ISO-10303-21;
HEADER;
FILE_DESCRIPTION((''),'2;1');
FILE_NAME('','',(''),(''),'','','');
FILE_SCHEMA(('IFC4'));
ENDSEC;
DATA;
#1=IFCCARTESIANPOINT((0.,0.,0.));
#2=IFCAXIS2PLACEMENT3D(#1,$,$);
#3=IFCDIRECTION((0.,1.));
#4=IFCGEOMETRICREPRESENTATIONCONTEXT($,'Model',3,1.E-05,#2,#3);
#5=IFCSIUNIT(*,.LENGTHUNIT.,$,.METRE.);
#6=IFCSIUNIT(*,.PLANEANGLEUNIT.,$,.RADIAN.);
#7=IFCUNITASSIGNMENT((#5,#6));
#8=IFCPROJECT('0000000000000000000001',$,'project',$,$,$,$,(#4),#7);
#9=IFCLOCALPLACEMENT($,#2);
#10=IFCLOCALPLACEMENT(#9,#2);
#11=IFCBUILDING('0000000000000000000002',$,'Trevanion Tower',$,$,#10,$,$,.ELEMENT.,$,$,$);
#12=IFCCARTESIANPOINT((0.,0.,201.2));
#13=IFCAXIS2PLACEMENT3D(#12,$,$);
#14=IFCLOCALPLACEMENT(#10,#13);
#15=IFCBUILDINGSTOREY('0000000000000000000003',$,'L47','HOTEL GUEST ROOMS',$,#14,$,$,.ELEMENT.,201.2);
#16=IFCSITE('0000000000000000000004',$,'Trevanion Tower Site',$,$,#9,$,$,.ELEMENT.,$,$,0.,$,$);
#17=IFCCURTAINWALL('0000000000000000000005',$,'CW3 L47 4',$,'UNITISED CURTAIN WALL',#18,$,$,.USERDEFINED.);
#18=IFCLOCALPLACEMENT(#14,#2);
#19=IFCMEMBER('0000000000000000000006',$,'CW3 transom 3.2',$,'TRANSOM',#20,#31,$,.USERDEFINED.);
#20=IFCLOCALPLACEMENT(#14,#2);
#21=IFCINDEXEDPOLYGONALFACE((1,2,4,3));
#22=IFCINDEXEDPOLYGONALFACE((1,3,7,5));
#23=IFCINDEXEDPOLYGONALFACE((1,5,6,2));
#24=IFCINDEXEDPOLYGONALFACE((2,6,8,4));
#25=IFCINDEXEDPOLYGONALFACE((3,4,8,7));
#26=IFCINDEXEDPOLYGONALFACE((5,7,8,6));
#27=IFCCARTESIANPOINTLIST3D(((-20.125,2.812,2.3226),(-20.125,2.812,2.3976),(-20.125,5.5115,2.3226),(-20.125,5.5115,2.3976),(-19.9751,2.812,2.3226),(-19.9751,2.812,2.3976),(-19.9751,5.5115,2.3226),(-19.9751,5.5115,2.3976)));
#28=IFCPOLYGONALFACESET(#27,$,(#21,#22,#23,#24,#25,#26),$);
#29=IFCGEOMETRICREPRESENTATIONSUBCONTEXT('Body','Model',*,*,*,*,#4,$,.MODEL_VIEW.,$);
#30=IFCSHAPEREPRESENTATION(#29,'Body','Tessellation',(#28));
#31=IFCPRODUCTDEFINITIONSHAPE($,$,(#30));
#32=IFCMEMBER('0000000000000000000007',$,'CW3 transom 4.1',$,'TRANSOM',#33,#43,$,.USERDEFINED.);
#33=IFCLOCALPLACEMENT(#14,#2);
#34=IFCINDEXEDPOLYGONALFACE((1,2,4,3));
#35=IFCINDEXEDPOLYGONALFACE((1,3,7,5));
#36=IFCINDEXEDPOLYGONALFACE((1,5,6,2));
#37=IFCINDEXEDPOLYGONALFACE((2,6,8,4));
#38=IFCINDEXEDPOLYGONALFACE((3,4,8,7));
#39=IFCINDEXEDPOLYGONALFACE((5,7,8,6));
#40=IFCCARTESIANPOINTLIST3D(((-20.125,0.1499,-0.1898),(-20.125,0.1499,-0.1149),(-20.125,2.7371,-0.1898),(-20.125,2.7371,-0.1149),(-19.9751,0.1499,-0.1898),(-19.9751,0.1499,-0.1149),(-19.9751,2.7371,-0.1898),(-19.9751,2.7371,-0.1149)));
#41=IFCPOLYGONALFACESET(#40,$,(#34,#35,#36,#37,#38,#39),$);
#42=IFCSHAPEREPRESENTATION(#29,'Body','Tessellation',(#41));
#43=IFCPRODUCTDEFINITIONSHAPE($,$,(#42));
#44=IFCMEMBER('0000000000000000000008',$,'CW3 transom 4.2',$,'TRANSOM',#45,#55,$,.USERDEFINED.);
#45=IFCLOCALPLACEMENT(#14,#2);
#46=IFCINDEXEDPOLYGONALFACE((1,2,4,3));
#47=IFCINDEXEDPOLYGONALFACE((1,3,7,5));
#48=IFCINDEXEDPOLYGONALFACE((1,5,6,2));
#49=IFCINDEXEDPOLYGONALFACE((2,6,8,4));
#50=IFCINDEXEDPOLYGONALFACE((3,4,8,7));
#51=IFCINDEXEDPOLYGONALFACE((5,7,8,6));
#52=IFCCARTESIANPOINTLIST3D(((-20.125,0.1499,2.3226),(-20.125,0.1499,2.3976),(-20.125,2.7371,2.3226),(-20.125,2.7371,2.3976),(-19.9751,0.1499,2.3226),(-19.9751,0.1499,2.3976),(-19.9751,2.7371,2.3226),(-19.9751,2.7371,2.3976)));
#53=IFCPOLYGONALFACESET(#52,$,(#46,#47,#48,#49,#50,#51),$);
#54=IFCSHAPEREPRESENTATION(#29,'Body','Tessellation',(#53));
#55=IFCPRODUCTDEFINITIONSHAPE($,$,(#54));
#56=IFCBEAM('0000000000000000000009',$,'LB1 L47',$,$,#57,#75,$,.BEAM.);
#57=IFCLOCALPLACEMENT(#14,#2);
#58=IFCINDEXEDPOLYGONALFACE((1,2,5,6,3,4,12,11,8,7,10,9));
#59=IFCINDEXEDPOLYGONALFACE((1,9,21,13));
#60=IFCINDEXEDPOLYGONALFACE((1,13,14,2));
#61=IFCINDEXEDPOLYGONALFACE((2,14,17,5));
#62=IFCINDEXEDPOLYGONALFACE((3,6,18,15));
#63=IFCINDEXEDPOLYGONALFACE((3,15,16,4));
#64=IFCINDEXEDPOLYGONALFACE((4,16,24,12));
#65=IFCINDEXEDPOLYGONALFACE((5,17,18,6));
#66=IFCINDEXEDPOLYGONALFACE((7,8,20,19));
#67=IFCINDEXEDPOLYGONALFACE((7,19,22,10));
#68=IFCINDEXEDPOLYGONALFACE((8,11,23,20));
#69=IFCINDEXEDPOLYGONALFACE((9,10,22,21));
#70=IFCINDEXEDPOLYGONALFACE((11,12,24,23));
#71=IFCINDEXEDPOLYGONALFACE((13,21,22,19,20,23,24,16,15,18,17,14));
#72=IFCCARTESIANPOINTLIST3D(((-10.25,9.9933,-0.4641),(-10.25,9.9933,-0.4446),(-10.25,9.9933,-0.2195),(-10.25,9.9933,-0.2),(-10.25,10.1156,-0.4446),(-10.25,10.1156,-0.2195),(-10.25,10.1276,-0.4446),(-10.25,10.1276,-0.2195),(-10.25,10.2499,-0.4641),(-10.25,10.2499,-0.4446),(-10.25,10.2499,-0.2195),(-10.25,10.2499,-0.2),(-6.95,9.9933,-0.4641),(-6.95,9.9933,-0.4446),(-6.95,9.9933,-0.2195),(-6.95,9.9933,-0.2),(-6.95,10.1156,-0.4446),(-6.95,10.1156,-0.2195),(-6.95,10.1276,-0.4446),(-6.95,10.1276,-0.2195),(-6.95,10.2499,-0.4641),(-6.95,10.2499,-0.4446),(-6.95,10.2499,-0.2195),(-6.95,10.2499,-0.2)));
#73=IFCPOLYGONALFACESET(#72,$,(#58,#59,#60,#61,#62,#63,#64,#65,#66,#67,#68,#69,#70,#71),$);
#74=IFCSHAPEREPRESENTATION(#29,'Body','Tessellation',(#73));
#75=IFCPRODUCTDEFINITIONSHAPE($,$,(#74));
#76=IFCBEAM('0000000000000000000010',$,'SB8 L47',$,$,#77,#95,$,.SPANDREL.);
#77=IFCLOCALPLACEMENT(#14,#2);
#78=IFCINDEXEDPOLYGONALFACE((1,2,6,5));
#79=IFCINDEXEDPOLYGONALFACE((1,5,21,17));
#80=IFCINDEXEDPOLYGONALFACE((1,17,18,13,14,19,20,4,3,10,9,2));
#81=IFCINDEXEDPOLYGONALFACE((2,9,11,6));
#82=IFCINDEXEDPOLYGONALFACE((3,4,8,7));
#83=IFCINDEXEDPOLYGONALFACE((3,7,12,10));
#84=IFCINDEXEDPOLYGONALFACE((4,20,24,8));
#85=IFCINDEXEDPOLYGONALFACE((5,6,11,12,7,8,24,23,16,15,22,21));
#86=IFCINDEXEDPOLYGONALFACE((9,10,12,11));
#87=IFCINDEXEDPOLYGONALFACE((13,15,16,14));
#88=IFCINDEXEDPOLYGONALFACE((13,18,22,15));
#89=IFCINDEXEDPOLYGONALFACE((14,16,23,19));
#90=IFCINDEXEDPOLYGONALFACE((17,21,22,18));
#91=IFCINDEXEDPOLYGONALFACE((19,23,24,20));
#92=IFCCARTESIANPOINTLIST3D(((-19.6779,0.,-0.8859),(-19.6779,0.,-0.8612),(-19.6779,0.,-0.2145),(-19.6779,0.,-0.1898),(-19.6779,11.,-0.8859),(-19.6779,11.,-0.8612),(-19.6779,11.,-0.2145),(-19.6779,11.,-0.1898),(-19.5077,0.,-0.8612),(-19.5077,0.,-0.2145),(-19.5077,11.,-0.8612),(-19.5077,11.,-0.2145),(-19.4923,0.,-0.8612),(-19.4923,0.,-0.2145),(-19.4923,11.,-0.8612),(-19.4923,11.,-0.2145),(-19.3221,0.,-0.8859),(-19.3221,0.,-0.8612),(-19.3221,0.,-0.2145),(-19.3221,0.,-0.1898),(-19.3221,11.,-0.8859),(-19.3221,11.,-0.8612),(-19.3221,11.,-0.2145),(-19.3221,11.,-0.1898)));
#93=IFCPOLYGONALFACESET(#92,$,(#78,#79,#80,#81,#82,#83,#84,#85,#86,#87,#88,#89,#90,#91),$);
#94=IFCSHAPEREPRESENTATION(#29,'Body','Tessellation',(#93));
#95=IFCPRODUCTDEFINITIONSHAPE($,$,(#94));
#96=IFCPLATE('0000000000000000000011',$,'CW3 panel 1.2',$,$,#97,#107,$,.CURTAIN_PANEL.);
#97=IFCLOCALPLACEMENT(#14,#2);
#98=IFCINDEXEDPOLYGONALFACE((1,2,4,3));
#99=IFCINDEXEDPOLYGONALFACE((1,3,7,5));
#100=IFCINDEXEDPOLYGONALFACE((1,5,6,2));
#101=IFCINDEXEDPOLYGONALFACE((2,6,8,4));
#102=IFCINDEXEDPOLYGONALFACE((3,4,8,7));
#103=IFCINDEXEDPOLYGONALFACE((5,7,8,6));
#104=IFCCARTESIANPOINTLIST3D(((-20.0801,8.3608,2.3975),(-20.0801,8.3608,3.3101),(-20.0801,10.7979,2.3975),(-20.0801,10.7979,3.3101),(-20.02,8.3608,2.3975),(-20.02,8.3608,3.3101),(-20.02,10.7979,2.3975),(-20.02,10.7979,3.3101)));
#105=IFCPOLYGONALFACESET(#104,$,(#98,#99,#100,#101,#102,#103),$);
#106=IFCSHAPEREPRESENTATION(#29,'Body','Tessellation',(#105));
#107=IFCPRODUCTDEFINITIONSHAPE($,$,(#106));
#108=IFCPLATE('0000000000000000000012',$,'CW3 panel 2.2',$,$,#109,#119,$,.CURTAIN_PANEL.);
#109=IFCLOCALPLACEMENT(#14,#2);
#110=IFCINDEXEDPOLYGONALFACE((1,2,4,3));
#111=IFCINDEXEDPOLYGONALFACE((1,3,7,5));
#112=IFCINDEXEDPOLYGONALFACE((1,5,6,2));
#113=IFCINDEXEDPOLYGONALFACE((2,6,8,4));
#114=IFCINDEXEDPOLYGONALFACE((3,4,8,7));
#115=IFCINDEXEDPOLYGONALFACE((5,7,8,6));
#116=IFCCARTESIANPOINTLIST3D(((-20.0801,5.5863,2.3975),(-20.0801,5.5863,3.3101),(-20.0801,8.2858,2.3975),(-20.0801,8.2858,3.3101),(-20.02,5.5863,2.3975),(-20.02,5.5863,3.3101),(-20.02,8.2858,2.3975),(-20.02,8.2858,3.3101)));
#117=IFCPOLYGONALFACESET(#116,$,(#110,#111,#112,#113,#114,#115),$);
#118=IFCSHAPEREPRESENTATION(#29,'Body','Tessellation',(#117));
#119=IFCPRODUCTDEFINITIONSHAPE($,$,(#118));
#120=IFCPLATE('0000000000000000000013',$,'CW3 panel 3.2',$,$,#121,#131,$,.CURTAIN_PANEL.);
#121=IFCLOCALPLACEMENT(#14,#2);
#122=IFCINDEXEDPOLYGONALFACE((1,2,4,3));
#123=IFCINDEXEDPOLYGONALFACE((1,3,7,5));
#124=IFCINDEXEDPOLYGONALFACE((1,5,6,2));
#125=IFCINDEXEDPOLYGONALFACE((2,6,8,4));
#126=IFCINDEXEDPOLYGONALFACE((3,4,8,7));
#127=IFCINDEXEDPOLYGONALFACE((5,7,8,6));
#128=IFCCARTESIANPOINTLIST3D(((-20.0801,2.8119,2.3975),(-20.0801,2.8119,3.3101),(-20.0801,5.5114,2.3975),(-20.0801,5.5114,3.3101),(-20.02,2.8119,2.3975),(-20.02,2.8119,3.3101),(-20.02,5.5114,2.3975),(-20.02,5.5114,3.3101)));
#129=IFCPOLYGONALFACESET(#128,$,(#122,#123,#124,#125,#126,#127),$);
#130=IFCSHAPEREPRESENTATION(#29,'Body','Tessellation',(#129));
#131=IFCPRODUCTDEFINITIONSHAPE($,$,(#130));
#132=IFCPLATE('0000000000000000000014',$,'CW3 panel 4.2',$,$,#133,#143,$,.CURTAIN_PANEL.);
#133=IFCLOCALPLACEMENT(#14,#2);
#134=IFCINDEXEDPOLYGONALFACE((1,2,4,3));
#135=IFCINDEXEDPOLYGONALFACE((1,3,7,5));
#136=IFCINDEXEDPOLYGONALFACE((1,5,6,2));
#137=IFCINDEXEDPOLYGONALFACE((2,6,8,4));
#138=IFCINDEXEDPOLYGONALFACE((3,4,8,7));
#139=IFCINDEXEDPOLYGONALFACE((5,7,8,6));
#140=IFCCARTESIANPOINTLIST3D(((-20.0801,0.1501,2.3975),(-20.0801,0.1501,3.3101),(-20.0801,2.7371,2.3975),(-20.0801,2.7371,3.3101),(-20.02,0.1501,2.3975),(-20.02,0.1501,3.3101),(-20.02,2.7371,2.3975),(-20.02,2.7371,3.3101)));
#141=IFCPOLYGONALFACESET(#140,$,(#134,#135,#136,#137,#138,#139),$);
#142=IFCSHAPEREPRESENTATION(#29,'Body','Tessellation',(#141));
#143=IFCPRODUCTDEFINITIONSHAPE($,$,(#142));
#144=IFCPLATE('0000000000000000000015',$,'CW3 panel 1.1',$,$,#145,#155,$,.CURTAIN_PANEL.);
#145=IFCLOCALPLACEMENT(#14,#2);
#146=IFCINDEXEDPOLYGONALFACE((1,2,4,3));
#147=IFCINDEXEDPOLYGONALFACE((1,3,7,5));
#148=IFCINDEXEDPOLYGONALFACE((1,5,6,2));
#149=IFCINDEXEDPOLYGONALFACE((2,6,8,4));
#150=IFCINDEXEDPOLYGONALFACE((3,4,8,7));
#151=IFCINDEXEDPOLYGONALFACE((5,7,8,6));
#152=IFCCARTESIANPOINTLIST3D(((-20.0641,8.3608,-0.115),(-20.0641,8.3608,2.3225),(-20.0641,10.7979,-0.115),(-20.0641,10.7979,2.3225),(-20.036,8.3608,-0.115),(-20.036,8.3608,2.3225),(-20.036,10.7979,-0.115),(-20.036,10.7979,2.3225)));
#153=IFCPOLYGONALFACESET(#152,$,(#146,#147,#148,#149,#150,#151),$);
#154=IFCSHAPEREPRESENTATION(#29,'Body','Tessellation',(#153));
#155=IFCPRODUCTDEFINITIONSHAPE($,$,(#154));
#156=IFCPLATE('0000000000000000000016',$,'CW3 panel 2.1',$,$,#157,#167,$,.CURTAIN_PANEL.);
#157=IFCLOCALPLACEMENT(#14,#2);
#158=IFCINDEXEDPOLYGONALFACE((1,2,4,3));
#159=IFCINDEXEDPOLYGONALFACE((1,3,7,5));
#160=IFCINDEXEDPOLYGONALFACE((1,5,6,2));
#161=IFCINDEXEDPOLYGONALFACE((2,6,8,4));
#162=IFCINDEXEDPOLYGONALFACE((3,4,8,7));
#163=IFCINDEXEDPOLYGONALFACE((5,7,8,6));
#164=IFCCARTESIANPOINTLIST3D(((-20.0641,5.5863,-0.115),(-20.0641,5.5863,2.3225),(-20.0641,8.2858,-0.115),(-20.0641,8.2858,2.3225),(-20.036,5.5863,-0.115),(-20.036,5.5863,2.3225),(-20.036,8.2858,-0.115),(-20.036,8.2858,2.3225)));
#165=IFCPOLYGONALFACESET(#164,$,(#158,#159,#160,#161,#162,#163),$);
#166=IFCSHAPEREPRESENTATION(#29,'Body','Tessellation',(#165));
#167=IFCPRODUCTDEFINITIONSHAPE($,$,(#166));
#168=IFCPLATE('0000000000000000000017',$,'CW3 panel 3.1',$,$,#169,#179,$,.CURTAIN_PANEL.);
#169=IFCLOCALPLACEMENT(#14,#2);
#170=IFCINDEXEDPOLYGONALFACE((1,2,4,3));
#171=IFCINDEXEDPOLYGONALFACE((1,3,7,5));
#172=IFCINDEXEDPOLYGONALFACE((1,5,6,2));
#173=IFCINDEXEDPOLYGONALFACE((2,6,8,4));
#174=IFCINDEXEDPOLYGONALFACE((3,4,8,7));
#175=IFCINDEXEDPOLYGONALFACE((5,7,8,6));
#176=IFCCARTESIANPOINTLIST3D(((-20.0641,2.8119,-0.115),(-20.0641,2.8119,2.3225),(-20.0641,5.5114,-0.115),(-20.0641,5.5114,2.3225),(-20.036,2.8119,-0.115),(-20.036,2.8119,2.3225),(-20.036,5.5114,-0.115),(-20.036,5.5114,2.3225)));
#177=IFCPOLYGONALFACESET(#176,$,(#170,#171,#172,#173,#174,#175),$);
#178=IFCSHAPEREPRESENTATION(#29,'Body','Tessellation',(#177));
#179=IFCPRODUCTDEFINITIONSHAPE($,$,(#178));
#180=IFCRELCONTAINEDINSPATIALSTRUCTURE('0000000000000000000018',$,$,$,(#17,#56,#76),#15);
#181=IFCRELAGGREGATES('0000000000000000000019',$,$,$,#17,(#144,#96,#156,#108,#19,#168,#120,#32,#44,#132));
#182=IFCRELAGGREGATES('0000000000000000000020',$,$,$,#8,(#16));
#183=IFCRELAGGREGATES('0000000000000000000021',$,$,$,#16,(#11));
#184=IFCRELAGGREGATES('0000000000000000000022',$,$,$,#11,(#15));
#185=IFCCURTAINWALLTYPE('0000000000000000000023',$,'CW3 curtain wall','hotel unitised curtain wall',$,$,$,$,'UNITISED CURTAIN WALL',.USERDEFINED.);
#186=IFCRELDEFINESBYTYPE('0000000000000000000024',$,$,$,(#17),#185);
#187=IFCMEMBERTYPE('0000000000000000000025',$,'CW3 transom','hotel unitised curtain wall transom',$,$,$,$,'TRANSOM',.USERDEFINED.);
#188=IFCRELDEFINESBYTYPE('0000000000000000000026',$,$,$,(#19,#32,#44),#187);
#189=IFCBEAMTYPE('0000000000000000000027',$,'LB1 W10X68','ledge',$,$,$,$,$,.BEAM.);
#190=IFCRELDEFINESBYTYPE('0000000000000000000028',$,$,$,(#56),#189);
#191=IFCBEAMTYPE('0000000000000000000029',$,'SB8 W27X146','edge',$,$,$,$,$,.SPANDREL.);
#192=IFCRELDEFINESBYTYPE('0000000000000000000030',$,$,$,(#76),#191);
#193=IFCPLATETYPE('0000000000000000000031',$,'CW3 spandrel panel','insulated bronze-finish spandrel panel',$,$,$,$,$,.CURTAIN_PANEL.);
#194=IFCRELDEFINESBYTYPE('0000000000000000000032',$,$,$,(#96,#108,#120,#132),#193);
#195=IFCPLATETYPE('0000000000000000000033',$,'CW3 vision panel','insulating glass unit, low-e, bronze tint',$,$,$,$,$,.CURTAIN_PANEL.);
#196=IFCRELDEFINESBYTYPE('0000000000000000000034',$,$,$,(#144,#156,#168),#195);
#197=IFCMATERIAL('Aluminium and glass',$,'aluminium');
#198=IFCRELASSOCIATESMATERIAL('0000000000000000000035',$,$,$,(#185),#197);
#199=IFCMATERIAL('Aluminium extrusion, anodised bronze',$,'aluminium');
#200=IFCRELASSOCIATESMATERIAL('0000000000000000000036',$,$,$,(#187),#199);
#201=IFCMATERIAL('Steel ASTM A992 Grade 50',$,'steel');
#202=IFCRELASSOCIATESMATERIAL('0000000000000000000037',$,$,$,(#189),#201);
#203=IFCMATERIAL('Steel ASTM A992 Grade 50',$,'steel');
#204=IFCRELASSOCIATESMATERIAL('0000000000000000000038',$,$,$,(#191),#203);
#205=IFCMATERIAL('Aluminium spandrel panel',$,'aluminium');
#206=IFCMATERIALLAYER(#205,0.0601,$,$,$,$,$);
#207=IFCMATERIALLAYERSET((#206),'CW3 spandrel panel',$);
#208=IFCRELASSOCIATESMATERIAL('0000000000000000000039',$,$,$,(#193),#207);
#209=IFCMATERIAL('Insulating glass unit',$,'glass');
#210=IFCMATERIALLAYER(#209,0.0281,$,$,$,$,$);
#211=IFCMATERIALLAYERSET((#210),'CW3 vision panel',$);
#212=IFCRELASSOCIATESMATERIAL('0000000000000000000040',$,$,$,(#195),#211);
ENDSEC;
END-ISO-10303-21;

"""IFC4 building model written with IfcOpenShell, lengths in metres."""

from ifc_helpers import new_model, si_unit, direction, frame, origin, origin_2d, place, context, subcontext, project, spatial, rectangle, i_section, extrude, material, layer, layer_set, material_profile, profile_set, type_object, element, aggregate, save


model = new_model("IFC4")

# Units and contexts
model_context = context("Model", 3, precision=1e-05, world=origin(), true_north=direction((0.0, 1.0)))
body_context = subcontext(model_context, "Body", "Model", "MODEL_VIEW")
ifc_project = project(units=[si_unit("LENGTHUNIT", "METRE"), si_unit("PLANEANGLEUNIT", "RADIAN")], contexts=[model_context])

# Site, building, storey
site_placement = place(None, origin())
site = spatial("IfcSite", under=ifc_project, at=site_placement, Name="Trevanion Tower Site", CompositionType="ELEMENT", RefElevation=0.0)
building_placement = place(site_placement, origin())
building = spatial("IfcBuilding", under=site, at=building_placement, Name="Trevanion Tower", CompositionType="ELEMENT")
storey_placement = place(building_placement, frame((0.0, 0.0, 201.2)))
storey = spatial("IfcBuildingStorey", under=building, at=storey_placement, Name="L47", Description="HOTEL GUEST ROOMS", CompositionType="ELEMENT", Elevation=201.2)

# Curtain wall, members
ifc_material_1 = material(Name="Aluminium and glass", Category="aluminium")
curtain_wall_type = type_object("IfcCurtainWallType", Name="CW3 curtain wall", Description="hotel unitised curtain wall", ElementType="UNITISED CURTAIN WALL", PredefinedType="USERDEFINED", material=ifc_material_1)
curtain_wall_placement = place(storey_placement, origin())
curtain_wall = element("IfcCurtainWall", 1, at=curtain_wall_placement, inside=storey, type_object=curtain_wall_type, Name="CW3 L47 4", ObjectType="UNITISED CURTAIN WALL", PredefinedType="USERDEFINED")
ifc_material_2 = material(Name="Aluminium extrusion, anodised bronze", Category="aluminium")
ifc_material_profile_1 = material_profile(ifc_material_2, rectangle(XDim=0.1499, YDim=0.075, at=origin_2d()), Name="CW3 transom")
ifc_profile_set_1 = profile_set([ifc_material_profile_1], Name="Aluminium extrusion, anodised bronze")
member_type_1 = type_object("IfcMemberType", Name="CW3 transom", Description="hotel unitised curtain wall transom", ElementType="TRANSOM", PredefinedType="USERDEFINED", material=ifc_profile_set_1)
member_1_placement = place(storey_placement, frame((-20.05, 5.5115, 2.3601), z_axis=(0.0, -1.0, 0.0), x_axis=(1.0, 0.0, 0.0)))
member_1 = element("IfcMember", 2, at=member_1_placement, type_object=member_type_1, Name="CW3 transom 3.2", ObjectType="TRANSOM", PredefinedType="USERDEFINED", context=body_context, shape_type="SweptSolid", body=[
    extrude(rectangle(XDim=0.1499, YDim=0.075, at=origin_2d()), origin(), (0.0, 0.0, 1.0), 2.6995),
])
member_2_placement = place(storey_placement, frame((-20.05, 2.7371, -0.1523), z_axis=(0.0, -1.0, 0.0), x_axis=(1.0, 0.0, 0.0)))
member_2 = element("IfcMember", 3, at=member_2_placement, type_object=member_type_1, Name="CW3 transom 4.1", ObjectType="TRANSOM", PredefinedType="USERDEFINED", context=body_context, shape_type="SweptSolid", body=[
    extrude(rectangle(XDim=0.1499, YDim=0.075, at=origin_2d()), origin(), (0.0, 0.0, 1.0), 2.5872),
])
member_3_placement = place(storey_placement, frame((-20.05, 2.7371, 2.3601), z_axis=(0.0, -1.0, 0.0), x_axis=(1.0, 0.0, 0.0)))
member_3 = element("IfcMember", 4, at=member_3_placement, type_object=member_type_1, Name="CW3 transom 4.2", ObjectType="TRANSOM", PredefinedType="USERDEFINED", context=body_context, shape_type="SweptSolid", body=[
    extrude(rectangle(XDim=0.1499, YDim=0.075, at=origin_2d()), origin(), (0.0, 0.0, 1.0), 2.5872),
])

# Beams
ifc_material_3 = material(Name="Steel ASTM A992 Grade 50", Category="steel")
ifc_material_profile_2 = material_profile(ifc_material_3, i_section(OverallWidth=0.2566, OverallDepth=0.2642, WebThickness=0.012, FlangeThickness=0.0195, at=origin_2d()), Name="W10X68")
ifc_profile_set_2 = profile_set([ifc_material_profile_2], Name="Steel ASTM A992 Grade 50")
beam_type_1 = type_object("IfcBeamType", Name="LB1 W10X68", Description="ledge", PredefinedType="BEAM", material=ifc_profile_set_2)
beam_1_placement = place(storey_placement, frame((-10.25, 10.1216, -0.332), z_axis=(1.0, 0.0, 0.0), x_axis=(0.0, 1.0, 0.0)))
element("IfcBeam", 5, at=beam_1_placement, inside=storey, type_object=beam_type_1, Name="LB1 L47", PredefinedType="BEAM", context=body_context, shape_type="SweptSolid", body=[
    extrude(i_section(OverallWidth=0.2566, OverallDepth=0.2642, WebThickness=0.012, FlangeThickness=0.0195, at=origin_2d()), origin(), (0.0, 0.0, 1.0), 3.3),
])
ifc_material_4 = material(Name="Steel ASTM A992 Grade 50", Category="steel")
ifc_material_profile_3 = material_profile(ifc_material_4, i_section(OverallWidth=0.3557, OverallDepth=0.696, WebThickness=0.0154, FlangeThickness=0.0247, at=origin_2d()), Name="W27X146")
ifc_profile_set_3 = profile_set([ifc_material_profile_3], Name="Steel ASTM A992 Grade 50")
beam_type_2 = type_object("IfcBeamType", Name="SB8 W27X146", Description="edge", PredefinedType="SPANDREL", material=ifc_profile_set_3)
beam_2_placement = place(storey_placement, frame((-19.5, 11.0, -0.5378), z_axis=(0.0, -1.0, 0.0), x_axis=(1.0, 0.0, 0.0)))
element("IfcBeam", 6, at=beam_2_placement, inside=storey, type_object=beam_type_2, Name="SB8 L47", PredefinedType="SPANDREL", context=body_context, shape_type="SweptSolid", body=[
    extrude(i_section(OverallWidth=0.3557, OverallDepth=0.696, WebThickness=0.0154, FlangeThickness=0.0247, at=origin_2d()), origin(), (0.0, 0.0, 1.0), 11.0),
])

# Plates
ifc_material_5 = material(Name="Aluminium spandrel panel", Category="aluminium")
ifc_layer_1 = layer(ifc_material_5, 0.0601)
ifc_layer_set_1 = layer_set([ifc_layer_1], Name="CW3 spandrel panel")
plate_type_1 = type_object("IfcPlateType", Name="CW3 spandrel panel", Description="insulated bronze-finish spandrel panel", PredefinedType="CURTAIN_PANEL", material=ifc_layer_set_1)
plate_1_placement = place(storey_placement, frame((-20.05, 9.5793, 2.3975), z_axis=(0.0, 0.0, 1.0), x_axis=(0.0, -1.0, 0.0)))
plate_1 = element("IfcPlate", 7, at=plate_1_placement, type_object=plate_type_1, Name="CW3 panel 1.2", PredefinedType="CURTAIN_PANEL", context=body_context, shape_type="SweptSolid", body=[
    extrude(rectangle(XDim=2.437, YDim=0.0601, at=origin_2d()), origin(), (0.0, 0.0, 1.0), 0.9126),
])
plate_2_placement = place(storey_placement, frame((-20.05, 6.936, 2.3975), z_axis=(0.0, 0.0, 1.0), x_axis=(0.0, -1.0, 0.0)))
plate_2 = element("IfcPlate", 8, at=plate_2_placement, type_object=plate_type_1, Name="CW3 panel 2.2", PredefinedType="CURTAIN_PANEL", context=body_context, shape_type="SweptSolid", body=[
    extrude(rectangle(XDim=2.6995, YDim=0.0601, at=origin_2d()), origin(), (0.0, 0.0, 1.0), 0.9126),
])
plate_3_placement = place(storey_placement, frame((-20.05, 4.1616, 2.3975), z_axis=(0.0, 0.0, 1.0), x_axis=(0.0, -1.0, 0.0)))
plate_3 = element("IfcPlate", 9, at=plate_3_placement, type_object=plate_type_1, Name="CW3 panel 3.2", PredefinedType="CURTAIN_PANEL", context=body_context, shape_type="SweptSolid", body=[
    extrude(rectangle(XDim=2.6995, YDim=0.0601, at=origin_2d()), origin(), (0.0, 0.0, 1.0), 0.9126),
])
plate_4_placement = place(storey_placement, frame((-20.05, 1.4436, 2.3975), z_axis=(0.0, 0.0, 1.0), x_axis=(0.0, -1.0, 0.0)))
plate_4 = element("IfcPlate", 10, at=plate_4_placement, type_object=plate_type_1, Name="CW3 panel 4.2", PredefinedType="CURTAIN_PANEL", context=body_context, shape_type="SweptSolid", body=[
    extrude(rectangle(XDim=2.5869, YDim=0.0601, at=origin_2d()), origin(), (0.0, 0.0, 1.0), 0.9126),
])
ifc_material_6 = material(Name="Insulating glass unit", Category="glass")
ifc_layer_2 = layer(ifc_material_6, 0.0281)
ifc_layer_set_2 = layer_set([ifc_layer_2], Name="CW3 vision panel")
plate_type_2 = type_object("IfcPlateType", Name="CW3 vision panel", Description="insulating glass unit, low-e, bronze tint", PredefinedType="CURTAIN_PANEL", material=ifc_layer_set_2)
plate_5_placement = place(storey_placement, frame((-20.05, 9.5793, -0.115), z_axis=(0.0, 0.0, 1.0), x_axis=(0.0, -1.0, 0.0)))
plate_5 = element("IfcPlate", 11, at=plate_5_placement, type_object=plate_type_2, Name="CW3 panel 1.1", PredefinedType="CURTAIN_PANEL", context=body_context, shape_type="SweptSolid", body=[
    extrude(rectangle(XDim=2.437, YDim=0.0281, at=origin_2d()), origin(), (0.0, 0.0, 1.0), 2.4375),
])
plate_6_placement = place(storey_placement, frame((-20.05, 6.936, -0.115), z_axis=(0.0, 0.0, 1.0), x_axis=(0.0, -1.0, 0.0)))
plate_6 = element("IfcPlate", 12, at=plate_6_placement, type_object=plate_type_2, Name="CW3 panel 2.1", PredefinedType="CURTAIN_PANEL", context=body_context, shape_type="SweptSolid", body=[
    extrude(rectangle(XDim=2.6995, YDim=0.0281, at=origin_2d()), origin(), (0.0, 0.0, 1.0), 2.4375),
])
plate_7_placement = place(storey_placement, frame((-20.05, 4.1616, -0.115), z_axis=(0.0, 0.0, 1.0), x_axis=(0.0, -1.0, 0.0)))
plate_7 = element("IfcPlate", 13, at=plate_7_placement, type_object=plate_type_2, Name="CW3 panel 3.1", PredefinedType="CURTAIN_PANEL", context=body_context, shape_type="SweptSolid", body=[
    extrude(rectangle(XDim=2.6995, YDim=0.0281, at=origin_2d()), origin(), (0.0, 0.0, 1.0), 2.4375),
])
aggregate(curtain_wall, [plate_5, plate_1, plate_6, plate_2, member_1, plate_7, plate_3, member_2, member_3, plate_4])

save(model, "model.ifc")
